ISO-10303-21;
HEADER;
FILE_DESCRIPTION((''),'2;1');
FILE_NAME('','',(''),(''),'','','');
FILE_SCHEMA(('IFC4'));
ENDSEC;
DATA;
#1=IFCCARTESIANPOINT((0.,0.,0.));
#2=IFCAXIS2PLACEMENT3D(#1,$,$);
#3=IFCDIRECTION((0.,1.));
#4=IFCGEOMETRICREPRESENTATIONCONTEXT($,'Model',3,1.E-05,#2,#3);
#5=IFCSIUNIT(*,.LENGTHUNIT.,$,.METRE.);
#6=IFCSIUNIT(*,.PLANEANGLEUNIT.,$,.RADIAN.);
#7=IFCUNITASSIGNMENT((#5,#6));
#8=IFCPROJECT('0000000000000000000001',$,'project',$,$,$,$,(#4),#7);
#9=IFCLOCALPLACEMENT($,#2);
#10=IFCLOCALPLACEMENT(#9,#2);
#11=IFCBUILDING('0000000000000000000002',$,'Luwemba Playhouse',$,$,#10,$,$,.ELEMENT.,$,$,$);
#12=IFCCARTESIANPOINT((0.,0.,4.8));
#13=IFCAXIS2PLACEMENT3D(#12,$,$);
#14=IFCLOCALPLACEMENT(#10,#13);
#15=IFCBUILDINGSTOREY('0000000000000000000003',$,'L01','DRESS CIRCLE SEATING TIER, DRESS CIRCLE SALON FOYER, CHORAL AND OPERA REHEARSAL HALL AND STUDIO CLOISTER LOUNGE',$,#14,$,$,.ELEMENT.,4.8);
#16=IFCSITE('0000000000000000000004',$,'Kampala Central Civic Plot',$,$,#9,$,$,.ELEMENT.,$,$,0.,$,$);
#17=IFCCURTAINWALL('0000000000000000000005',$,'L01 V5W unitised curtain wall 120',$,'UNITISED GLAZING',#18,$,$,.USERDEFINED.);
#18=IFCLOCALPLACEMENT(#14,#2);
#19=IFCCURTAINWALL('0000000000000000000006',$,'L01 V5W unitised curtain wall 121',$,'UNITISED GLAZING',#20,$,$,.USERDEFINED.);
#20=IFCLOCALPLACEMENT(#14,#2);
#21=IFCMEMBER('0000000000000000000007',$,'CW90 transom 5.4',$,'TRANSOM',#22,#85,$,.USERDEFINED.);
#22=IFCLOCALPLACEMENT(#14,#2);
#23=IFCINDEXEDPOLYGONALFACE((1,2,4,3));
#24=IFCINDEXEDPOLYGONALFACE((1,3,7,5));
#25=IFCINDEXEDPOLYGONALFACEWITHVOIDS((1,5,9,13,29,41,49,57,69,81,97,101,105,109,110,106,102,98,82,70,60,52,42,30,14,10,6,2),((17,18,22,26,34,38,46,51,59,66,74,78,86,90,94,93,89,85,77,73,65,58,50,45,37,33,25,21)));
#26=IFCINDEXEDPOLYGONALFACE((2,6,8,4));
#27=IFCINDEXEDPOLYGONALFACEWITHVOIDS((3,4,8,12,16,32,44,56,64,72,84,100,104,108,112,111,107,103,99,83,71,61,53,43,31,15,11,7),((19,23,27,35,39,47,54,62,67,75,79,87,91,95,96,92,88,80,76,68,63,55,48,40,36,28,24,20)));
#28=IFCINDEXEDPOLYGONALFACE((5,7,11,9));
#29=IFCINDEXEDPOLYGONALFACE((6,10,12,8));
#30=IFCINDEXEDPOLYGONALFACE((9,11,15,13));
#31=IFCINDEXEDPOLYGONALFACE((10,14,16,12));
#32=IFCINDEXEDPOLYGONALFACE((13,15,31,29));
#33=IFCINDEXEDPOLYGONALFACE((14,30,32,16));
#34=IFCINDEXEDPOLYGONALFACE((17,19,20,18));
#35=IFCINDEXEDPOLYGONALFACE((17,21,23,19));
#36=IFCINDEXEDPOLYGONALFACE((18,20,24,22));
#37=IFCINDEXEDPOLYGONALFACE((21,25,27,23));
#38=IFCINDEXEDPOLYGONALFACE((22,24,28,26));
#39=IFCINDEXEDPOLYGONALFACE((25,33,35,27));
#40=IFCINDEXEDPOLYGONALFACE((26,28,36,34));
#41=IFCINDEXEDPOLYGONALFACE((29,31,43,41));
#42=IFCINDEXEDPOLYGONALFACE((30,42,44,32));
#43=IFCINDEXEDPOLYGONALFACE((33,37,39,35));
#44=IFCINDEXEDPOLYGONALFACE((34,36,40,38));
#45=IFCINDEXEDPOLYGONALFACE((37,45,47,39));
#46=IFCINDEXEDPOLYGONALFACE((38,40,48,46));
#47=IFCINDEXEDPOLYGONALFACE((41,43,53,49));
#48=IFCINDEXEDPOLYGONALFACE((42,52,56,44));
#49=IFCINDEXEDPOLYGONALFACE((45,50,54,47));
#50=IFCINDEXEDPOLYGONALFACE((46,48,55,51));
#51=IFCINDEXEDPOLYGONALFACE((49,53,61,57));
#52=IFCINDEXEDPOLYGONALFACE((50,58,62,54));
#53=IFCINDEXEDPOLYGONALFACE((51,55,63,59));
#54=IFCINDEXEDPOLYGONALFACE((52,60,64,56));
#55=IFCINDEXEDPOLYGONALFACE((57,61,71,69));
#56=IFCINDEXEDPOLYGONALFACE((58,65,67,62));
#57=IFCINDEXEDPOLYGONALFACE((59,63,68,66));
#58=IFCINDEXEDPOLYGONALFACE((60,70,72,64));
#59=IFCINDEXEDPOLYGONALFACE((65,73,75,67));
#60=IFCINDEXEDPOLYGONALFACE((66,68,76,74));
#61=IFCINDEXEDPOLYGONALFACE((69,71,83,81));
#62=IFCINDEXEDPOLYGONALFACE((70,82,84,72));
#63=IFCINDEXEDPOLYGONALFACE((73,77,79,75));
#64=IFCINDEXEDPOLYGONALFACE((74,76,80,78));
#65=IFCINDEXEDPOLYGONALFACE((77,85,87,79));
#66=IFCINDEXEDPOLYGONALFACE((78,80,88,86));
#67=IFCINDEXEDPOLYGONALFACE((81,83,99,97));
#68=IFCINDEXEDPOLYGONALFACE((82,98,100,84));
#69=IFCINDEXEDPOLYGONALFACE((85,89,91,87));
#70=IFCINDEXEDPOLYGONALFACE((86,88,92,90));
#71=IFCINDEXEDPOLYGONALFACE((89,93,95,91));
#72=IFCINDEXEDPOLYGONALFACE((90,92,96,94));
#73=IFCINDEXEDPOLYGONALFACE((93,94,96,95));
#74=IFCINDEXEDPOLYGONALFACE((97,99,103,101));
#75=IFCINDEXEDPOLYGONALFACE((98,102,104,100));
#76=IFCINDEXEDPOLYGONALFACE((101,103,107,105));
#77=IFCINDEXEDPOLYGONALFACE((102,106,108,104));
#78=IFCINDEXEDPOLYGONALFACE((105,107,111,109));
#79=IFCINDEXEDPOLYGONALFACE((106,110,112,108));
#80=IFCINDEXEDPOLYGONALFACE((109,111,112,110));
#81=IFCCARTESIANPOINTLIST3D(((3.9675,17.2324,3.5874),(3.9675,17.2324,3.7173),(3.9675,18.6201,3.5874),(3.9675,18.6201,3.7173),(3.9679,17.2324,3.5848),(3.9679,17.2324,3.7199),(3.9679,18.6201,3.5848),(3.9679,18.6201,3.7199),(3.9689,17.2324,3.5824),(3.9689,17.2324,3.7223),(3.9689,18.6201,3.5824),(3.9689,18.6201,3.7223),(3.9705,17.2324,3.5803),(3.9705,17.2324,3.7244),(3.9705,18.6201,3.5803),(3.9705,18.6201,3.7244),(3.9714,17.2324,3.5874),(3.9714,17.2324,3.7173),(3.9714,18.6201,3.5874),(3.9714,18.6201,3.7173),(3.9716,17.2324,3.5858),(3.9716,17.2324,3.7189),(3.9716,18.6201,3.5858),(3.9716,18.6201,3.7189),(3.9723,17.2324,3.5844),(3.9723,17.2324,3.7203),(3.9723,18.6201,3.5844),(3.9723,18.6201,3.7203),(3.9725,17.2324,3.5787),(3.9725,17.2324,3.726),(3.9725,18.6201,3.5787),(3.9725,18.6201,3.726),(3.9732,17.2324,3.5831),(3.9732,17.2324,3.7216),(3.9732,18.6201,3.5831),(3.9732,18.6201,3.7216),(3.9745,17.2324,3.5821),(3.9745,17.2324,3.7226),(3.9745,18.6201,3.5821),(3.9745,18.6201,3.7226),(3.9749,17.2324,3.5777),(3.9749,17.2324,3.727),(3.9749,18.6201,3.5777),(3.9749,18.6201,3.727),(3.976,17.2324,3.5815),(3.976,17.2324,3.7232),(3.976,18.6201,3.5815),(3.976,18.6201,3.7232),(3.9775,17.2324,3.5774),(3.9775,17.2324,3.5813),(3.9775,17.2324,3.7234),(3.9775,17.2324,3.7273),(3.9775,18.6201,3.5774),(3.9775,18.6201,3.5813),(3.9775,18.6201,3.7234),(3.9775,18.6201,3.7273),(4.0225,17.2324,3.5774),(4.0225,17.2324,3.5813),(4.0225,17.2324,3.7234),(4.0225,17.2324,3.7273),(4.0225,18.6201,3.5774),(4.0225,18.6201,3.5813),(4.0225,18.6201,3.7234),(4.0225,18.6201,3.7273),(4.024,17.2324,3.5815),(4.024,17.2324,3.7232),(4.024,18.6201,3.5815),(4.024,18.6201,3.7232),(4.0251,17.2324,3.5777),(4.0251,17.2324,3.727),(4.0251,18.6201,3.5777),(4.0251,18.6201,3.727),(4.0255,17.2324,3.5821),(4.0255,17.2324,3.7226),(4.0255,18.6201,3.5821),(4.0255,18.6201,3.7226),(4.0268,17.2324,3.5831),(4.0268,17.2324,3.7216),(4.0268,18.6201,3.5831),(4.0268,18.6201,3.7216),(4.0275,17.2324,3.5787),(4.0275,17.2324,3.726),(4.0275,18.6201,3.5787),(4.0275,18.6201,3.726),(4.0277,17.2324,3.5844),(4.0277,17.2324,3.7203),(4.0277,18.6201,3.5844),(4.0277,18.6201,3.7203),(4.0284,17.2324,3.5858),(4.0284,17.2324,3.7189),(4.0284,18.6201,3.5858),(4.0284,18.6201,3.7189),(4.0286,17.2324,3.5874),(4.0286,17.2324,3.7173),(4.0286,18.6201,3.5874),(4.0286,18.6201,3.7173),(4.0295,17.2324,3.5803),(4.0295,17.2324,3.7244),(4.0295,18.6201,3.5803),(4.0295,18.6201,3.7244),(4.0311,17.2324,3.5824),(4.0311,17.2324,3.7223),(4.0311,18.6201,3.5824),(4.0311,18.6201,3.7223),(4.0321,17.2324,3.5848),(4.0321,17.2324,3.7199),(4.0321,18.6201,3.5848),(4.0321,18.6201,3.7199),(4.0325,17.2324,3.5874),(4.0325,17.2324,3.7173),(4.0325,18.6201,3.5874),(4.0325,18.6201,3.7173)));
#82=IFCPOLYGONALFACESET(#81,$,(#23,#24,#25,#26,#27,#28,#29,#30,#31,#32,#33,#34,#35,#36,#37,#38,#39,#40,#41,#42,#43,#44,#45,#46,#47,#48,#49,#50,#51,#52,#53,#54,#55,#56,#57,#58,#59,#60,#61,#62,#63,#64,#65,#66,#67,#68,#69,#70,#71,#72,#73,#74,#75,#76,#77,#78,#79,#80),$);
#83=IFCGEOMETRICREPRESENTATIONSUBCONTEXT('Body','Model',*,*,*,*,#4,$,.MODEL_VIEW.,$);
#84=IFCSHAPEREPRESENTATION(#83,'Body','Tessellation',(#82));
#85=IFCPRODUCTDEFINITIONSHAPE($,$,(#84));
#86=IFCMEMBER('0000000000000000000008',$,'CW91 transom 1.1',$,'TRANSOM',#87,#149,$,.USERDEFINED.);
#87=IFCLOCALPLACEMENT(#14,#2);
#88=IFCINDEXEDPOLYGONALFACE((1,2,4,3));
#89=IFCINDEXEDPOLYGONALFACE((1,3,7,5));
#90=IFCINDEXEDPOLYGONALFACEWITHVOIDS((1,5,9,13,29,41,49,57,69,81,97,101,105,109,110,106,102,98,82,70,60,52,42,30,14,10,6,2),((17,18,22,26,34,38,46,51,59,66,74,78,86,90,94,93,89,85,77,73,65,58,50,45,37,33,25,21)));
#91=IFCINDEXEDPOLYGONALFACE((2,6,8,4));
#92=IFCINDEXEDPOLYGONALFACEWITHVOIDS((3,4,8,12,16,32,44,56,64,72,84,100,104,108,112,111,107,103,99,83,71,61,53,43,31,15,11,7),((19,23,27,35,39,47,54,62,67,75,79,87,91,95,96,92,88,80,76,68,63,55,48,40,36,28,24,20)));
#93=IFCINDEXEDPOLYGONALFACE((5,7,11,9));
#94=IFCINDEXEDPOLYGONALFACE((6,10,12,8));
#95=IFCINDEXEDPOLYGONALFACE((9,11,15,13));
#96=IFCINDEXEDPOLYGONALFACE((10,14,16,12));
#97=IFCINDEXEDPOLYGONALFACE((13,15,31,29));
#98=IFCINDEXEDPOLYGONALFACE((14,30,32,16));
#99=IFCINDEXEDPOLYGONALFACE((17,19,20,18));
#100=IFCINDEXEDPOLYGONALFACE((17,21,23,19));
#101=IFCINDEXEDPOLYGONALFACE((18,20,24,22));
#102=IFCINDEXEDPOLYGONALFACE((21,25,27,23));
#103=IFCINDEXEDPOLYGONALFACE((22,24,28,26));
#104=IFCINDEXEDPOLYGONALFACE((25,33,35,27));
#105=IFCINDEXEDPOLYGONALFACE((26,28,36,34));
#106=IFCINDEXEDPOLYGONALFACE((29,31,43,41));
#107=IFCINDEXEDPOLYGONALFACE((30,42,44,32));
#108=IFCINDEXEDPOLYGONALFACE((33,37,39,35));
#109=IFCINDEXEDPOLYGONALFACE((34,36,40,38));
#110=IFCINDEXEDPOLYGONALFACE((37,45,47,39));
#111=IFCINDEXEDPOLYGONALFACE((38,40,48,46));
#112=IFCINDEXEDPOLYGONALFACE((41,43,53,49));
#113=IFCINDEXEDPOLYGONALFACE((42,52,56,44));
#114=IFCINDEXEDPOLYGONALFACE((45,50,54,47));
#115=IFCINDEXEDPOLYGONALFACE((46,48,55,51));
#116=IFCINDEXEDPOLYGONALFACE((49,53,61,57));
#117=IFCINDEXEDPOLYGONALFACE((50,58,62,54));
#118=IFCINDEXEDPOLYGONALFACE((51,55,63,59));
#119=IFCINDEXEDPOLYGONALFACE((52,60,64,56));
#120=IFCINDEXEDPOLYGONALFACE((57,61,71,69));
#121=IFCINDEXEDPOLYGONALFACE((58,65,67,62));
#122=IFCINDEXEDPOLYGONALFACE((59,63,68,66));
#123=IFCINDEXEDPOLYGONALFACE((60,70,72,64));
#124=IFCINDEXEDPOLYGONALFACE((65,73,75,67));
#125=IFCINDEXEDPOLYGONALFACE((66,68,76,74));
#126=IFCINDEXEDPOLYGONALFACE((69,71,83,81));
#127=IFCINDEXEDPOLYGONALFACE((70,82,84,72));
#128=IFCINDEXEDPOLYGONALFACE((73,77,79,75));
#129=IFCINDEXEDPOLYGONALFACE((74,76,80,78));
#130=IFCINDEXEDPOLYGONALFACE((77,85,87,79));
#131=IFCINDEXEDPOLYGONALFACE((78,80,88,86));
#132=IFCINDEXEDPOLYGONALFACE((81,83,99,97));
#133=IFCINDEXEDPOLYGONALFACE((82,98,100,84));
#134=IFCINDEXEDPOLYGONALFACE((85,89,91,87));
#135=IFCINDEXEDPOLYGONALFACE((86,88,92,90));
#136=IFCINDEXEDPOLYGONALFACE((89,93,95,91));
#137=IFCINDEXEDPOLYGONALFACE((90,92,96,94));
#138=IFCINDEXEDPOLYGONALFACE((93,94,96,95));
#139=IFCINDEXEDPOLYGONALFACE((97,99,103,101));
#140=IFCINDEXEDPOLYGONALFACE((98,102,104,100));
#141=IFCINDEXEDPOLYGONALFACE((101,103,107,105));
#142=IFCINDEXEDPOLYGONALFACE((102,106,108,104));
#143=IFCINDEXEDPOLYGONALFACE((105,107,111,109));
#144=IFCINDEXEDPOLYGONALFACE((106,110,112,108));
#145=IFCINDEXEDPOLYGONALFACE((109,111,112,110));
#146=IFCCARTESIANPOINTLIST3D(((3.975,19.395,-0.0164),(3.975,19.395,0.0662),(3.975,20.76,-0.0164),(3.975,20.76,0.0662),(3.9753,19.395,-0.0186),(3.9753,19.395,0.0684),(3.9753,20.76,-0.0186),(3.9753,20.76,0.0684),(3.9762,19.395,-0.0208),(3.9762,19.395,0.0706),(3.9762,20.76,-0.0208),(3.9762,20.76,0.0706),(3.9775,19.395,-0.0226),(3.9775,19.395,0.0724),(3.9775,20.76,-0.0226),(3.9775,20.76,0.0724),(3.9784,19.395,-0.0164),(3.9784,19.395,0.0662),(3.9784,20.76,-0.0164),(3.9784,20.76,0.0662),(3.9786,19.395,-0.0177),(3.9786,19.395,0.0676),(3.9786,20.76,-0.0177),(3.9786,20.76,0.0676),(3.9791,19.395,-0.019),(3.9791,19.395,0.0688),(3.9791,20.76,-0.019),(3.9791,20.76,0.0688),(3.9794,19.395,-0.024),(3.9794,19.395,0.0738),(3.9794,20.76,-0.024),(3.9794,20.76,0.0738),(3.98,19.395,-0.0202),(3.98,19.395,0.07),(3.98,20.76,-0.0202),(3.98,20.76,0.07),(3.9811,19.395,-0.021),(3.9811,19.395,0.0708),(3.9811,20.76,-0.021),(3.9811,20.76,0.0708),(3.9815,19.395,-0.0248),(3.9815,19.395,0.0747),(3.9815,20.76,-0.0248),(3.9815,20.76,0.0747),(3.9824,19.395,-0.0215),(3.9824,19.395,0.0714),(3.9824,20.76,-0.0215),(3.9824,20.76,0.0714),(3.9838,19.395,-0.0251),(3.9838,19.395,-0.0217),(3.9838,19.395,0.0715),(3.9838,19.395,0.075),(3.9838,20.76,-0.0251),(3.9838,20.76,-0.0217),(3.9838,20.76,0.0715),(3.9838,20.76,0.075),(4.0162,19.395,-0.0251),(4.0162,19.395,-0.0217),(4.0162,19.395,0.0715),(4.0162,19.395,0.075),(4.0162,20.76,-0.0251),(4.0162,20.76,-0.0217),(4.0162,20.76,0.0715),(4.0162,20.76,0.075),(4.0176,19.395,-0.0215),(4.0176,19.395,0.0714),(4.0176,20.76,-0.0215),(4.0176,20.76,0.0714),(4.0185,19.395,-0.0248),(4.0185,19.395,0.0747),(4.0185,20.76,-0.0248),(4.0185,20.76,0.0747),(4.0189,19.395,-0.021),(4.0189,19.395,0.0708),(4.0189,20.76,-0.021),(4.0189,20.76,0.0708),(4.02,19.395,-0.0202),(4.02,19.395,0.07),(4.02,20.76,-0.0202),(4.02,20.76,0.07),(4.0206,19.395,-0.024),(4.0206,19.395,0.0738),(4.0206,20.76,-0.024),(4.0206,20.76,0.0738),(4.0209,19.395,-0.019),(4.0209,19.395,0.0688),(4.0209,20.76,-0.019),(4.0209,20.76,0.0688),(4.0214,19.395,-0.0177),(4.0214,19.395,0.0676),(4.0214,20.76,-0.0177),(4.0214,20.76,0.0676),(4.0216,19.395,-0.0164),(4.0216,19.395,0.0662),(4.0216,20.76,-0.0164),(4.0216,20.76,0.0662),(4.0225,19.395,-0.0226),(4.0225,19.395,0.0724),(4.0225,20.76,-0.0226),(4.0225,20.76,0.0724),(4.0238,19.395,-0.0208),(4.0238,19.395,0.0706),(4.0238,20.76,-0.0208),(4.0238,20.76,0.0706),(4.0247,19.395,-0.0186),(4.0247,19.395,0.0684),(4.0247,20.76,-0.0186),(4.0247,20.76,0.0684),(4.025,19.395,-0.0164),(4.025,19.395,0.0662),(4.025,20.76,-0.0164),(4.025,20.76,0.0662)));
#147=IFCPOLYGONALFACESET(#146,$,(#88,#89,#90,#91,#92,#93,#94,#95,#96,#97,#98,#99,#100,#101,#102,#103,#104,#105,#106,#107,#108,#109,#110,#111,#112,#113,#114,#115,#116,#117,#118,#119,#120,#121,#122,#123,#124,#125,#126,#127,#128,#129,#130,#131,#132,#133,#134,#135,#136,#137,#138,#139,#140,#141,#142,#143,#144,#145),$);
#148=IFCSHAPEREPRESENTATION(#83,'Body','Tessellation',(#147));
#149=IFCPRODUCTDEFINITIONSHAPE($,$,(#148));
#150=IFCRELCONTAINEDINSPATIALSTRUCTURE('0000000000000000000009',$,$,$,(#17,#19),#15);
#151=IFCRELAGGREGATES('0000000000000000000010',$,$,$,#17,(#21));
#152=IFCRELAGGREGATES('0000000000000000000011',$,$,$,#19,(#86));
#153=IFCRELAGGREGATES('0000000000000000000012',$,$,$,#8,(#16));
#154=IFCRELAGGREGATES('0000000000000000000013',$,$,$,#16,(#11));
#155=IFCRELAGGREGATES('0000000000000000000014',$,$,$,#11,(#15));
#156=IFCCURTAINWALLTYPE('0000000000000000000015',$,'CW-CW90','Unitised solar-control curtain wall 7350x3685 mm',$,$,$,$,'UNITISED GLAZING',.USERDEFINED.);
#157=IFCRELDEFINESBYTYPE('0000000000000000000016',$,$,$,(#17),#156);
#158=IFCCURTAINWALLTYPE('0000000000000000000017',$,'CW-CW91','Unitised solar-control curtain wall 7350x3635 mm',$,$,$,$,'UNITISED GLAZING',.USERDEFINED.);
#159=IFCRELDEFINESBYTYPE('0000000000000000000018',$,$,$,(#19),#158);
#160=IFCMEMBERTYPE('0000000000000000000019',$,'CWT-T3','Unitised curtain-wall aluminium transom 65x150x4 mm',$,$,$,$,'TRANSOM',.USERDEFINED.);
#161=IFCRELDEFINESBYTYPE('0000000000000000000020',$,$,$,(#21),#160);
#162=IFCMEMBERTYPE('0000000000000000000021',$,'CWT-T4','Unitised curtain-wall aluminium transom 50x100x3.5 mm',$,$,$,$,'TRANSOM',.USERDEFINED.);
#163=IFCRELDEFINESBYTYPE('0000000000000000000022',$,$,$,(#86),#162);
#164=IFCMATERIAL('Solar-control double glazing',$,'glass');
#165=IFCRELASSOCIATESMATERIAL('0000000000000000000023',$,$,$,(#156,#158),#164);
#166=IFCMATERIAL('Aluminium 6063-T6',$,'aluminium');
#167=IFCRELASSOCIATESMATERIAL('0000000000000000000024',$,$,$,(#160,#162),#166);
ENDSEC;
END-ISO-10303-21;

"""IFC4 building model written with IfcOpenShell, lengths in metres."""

from ifc_helpers import new_model, si_unit, direction, frame, origin, origin_2d, place, context, subcontext, project, spatial, hollow_rectangle, extrude, material, material_profile, profile_set, type_object, element, aggregate, save


model = new_model("IFC4")

# Units and contexts
model_context = context("Model", 3, precision=1e-05, world=origin(), true_north=direction((0.0, 1.0)))
body_context = subcontext(model_context, "Body", "Model", "MODEL_VIEW")
ifc_project = project(units=[si_unit("LENGTHUNIT", "METRE"), si_unit("PLANEANGLEUNIT", "RADIAN")], contexts=[model_context])

# Site, building, storey
site_placement = place(None, origin())
site = spatial("IfcSite", under=ifc_project, at=site_placement, Name="Kampala Central Civic Plot", CompositionType="ELEMENT", RefElevation=0.0)
building_placement = place(site_placement, origin())
building = spatial("IfcBuilding", under=site, at=building_placement, Name="Luwemba Playhouse", CompositionType="ELEMENT")
storey_placement = place(building_placement, frame((0.0, 0.0, 4.8)))
storey = spatial("IfcBuildingStorey", under=building, at=storey_placement, Name="L01", Description="DRESS CIRCLE SEATING TIER, DRESS CIRCLE SALON FOYER, CHORAL AND OPERA REHEARSAL HALL AND STUDIO CLOISTER LOUNGE", CompositionType="ELEMENT", Elevation=4.8)

# Curtain walls
ifc_material_1 = material(Name="Solar-control double glazing", Category="glass")
curtain_wall_type_1 = type_object("IfcCurtainWallType", Name="CW-CW90", Description="Unitised solar-control curtain wall 7350x3685 mm", ElementType="UNITISED GLAZING", PredefinedType="USERDEFINED", material=ifc_material_1)
curtain_wall_1_placement = place(storey_placement, origin())
curtain_wall_1 = element("IfcCurtainWall", 1, at=curtain_wall_1_placement, inside=storey, type_object=curtain_wall_type_1, Name="L01 V5W unitised curtain wall 120", ObjectType="UNITISED GLAZING", PredefinedType="USERDEFINED")
ifc_material_2 = material(Name="Aluminium 6063-T6", Category="aluminium")
curtain_wall_type_2 = type_object("IfcCurtainWallType", Name="CW-CW91", Description="Unitised solar-control curtain wall 7350x3635 mm", ElementType="UNITISED GLAZING", PredefinedType="USERDEFINED", material=ifc_material_1)
curtain_wall_2_placement = place(storey_placement, origin())
curtain_wall_2 = element("IfcCurtainWall", 2, at=curtain_wall_2_placement, inside=storey, type_object=curtain_wall_type_2, Name="L01 V5W unitised curtain wall 121", ObjectType="UNITISED GLAZING", PredefinedType="USERDEFINED")

# Members
ifc_material_profile_1 = material_profile(ifc_material_2, hollow_rectangle(XDim=0.0649, YDim=0.1499, WallThickness=0.0039, InnerFilletRadius=0.0061, OuterFilletRadius=0.01, at=origin_2d()))
ifc_profile_set_1 = profile_set([ifc_material_profile_1], Name="Aluminium 6063-T6")
member_type_1 = type_object("IfcMemberType", Name="CWT-T3", Description="Unitised curtain-wall aluminium transom 65x150x4 mm", ElementType="TRANSOM", PredefinedType="USERDEFINED", material=ifc_profile_set_1)
member_1_placement = place(storey_placement, frame((4.0, 17.2324, 3.6523), z_axis=(0.0, 1.0, 0.0), x_axis=(-1.0, 0.0, 0.0)))
member_1 = element("IfcMember", 3, at=member_1_placement, type_object=member_type_1, Name="CW90 transom 5.4", ObjectType="TRANSOM", PredefinedType="USERDEFINED", context=body_context, shape_type="SweptSolid", body=[
    extrude(hollow_rectangle(XDim=0.0649, YDim=0.1499, WallThickness=0.0039, InnerFilletRadius=0.0061, OuterFilletRadius=0.01, at=origin_2d()), origin(), (0.0, 0.0, 1.0), 1.3877),
])
ifc_material_profile_2 = material_profile(ifc_material_2, hollow_rectangle(XDim=0.05, YDim=0.1001, WallThickness=0.0034, InnerFilletRadius=0.0054, OuterFilletRadius=0.0088, at=origin_2d()))
ifc_profile_set_2 = profile_set([ifc_material_profile_2], Name="Aluminium 6063-T6")
member_type_2 = type_object("IfcMemberType", Name="CWT-T4", Description="Unitised curtain-wall aluminium transom 50x100x3.5 mm", ElementType="TRANSOM", PredefinedType="USERDEFINED", material=ifc_profile_set_2)
member_2_placement = place(storey_placement, frame((4.0, 19.395, 0.0249), z_axis=(0.0, 1.0, 0.0), x_axis=(-1.0, 0.0, 0.0)))
member_2 = element("IfcMember", 4, at=member_2_placement, type_object=member_type_2, Name="CW91 transom 1.1", ObjectType="TRANSOM", PredefinedType="USERDEFINED", context=body_context, shape_type="SweptSolid", body=[
    extrude(hollow_rectangle(XDim=0.05, YDim=0.1001, WallThickness=0.0034, InnerFilletRadius=0.0054, OuterFilletRadius=0.0088, at=origin_2d()), origin(), (0.0, 0.0, 1.0), 1.365),
])

aggregate(curtain_wall_1, [member_1])
aggregate(curtain_wall_2, [member_2])

save(model, "model.ifc")
